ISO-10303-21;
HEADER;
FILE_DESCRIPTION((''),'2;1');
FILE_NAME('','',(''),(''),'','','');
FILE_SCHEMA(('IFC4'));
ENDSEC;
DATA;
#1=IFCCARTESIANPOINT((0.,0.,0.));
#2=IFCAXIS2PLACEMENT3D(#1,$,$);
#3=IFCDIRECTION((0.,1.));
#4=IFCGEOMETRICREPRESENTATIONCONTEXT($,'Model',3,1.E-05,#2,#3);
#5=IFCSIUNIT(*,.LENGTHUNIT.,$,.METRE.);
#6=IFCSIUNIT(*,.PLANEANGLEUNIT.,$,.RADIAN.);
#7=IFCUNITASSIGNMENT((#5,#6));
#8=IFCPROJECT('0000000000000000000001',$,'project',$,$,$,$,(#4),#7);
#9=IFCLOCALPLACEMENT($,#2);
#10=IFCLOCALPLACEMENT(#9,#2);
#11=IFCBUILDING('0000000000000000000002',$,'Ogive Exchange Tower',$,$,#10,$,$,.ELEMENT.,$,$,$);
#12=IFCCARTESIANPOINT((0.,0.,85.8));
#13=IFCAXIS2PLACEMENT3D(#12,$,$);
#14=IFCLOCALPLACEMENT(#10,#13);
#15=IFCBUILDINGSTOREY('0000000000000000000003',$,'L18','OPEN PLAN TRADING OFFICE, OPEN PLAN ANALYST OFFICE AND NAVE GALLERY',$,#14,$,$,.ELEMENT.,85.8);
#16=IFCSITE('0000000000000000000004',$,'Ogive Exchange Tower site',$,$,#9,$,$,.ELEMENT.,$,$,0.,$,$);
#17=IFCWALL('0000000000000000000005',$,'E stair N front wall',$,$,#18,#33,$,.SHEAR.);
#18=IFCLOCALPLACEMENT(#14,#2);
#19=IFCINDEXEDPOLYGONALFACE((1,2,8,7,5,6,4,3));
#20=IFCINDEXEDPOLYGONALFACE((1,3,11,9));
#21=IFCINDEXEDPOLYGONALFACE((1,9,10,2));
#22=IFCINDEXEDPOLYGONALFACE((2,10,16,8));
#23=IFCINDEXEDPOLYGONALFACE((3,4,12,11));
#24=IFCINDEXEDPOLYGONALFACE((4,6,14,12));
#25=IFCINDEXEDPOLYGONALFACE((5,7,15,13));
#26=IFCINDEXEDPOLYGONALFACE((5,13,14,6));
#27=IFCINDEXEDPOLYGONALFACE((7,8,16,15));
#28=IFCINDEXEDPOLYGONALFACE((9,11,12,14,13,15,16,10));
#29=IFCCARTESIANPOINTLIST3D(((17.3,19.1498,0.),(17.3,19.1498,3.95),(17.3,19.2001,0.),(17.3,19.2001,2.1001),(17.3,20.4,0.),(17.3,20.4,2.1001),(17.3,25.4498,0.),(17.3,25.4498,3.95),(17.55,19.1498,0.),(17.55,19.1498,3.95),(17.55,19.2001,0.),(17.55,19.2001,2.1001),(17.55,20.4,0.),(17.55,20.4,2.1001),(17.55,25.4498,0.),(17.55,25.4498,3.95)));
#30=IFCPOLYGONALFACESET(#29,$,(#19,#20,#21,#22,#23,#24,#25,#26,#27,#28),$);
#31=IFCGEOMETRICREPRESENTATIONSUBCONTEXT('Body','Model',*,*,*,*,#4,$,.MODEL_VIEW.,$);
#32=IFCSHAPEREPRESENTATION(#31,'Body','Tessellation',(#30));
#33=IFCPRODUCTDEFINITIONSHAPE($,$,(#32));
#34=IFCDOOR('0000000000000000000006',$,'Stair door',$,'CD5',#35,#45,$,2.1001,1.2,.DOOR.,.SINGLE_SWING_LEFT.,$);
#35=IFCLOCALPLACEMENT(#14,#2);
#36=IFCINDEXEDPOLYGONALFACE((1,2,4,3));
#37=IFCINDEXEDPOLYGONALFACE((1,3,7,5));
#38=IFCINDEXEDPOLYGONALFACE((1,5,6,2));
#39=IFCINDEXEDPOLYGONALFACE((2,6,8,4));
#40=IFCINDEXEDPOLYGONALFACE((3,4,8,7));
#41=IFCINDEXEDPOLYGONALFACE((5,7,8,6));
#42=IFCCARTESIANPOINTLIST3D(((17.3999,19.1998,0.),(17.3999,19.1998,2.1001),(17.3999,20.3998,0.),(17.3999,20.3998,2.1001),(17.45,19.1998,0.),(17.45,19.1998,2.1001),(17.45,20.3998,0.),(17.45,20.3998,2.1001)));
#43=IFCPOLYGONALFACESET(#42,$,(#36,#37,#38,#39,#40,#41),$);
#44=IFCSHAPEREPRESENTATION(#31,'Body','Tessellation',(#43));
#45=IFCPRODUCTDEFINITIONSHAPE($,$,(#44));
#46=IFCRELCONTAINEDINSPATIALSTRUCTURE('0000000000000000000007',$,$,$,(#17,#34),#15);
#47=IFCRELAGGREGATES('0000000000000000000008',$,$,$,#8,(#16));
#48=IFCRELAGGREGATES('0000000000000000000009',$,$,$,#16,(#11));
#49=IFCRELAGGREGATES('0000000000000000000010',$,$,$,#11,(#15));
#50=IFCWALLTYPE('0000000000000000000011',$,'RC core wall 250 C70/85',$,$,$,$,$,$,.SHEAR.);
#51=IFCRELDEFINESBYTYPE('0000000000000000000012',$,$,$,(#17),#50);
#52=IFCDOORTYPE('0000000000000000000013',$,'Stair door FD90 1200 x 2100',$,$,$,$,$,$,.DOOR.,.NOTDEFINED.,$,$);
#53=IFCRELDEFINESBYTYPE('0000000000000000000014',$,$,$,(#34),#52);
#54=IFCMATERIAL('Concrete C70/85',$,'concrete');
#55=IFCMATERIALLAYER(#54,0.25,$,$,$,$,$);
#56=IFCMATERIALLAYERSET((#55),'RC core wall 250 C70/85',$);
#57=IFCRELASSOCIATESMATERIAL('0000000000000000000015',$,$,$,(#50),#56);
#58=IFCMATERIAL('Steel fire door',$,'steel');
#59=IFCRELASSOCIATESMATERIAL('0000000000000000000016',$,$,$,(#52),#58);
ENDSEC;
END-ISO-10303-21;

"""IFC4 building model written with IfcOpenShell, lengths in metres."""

from ifc_helpers import new_model, si_unit, direction, frame, frame_2d, origin, place, context, subcontext, project, spatial, rectangle, extrude, material, layer, layer_set, type_object, element, fill, save


model = new_model("IFC4")

# Units and contexts
model_context = context("Model", 3, precision=1e-05, world=origin(), true_north=direction((0.0, 1.0)))
body_context = subcontext(model_context, "Body", "Model", "MODEL_VIEW")
ifc_project = project(units=[si_unit("LENGTHUNIT", "METRE"), si_unit("PLANEANGLEUNIT", "RADIAN")], contexts=[model_context])

# Site, building, storey
site_placement = place(None, origin())
site = spatial("IfcSite", under=ifc_project, at=site_placement, Name="Ogive Exchange Tower site", CompositionType="ELEMENT", RefElevation=0.0)
building_placement = place(site_placement, origin())
building = spatial("IfcBuilding", under=site, at=building_placement, Name="Ogive Exchange Tower", CompositionType="ELEMENT")
storey_placement = place(building_placement, frame((0.0, 0.0, 85.8)))
storey = spatial("IfcBuildingStorey", under=building, at=storey_placement, Name="L18", Description="OPEN PLAN TRADING OFFICE, OPEN PLAN ANALYST OFFICE AND NAVE GALLERY", CompositionType="ELEMENT", Elevation=85.8)

# Wall, opening, door
ifc_material_1 = material(Name="Concrete C70/85", Category="concrete")
ifc_layer_1 = layer(ifc_material_1, 0.25)
ifc_layer_set_1 = layer_set([ifc_layer_1], Name="RC core wall 250 C70/85")
wall_type_1 = type_object("IfcWallType", Name="RC core wall 250 C70/85", PredefinedType="SHEAR", material=ifc_layer_set_1)
wall_1_placement = place(storey_placement, frame((17.425, 19.1499, 0.0), z_axis=(0.0, 0.0, 1.0), x_axis=(0.0, 1.0, 0.0)))
wall_1 = element("IfcWall", 1, at=wall_1_placement, inside=storey, type_object=wall_type_1, Name="E stair N front wall", PredefinedType="SHEAR", context=body_context, shape_type="SweptSolid", body=[
    extrude(rectangle(XDim=6.3, YDim=0.25, at=frame_2d((3.1499, 0.0))), origin(), (0.0, 0.0, 1.0), 3.95),
])
opening_1_placement = place(wall_1_placement, frame((0.05, 0.0, 0.0)))
opening_1 = element("IfcOpeningElement", 2, at=opening_1_placement, cuts=wall_1, PredefinedType="OPENING", context=body_context, shape_type="SweptSolid", body=[
    extrude(rectangle(XDim=1.2, YDim=2.1001, at=frame_2d((0.6001, 1.05))), frame((0.0, 0.135, 0.0), z_axis=(0.0, -1.0, 0.0), x_axis=(1.0, 0.0, 0.0)), (0.0, 0.0, 1.0), 0.27),
])
ifc_material_2 = material(Name="Steel fire door", Category="steel")
door_type_1 = type_object("IfcDoorType", Name="Stair door FD90 1200 x 2100", OperationType="NOTDEFINED", PredefinedType="DOOR", material=ifc_material_2)
door_1_placement = place(opening_1_placement, frame((1.2, 0.0, 0.0), z_axis=(0.0, 0.0, 1.0), x_axis=(-1.0, 0.0, 0.0)))
door_1 = element("IfcDoor", 3, at=door_1_placement, inside=storey, type_object=door_type_1, Name="Stair door", ObjectType="CD5", OperationType="SINGLE_SWING_LEFT", OverallHeight=2.1001, OverallWidth=1.2, PredefinedType="DOOR", context=body_context, shape_type="SweptSolid", body=[
    extrude(rectangle(XDim=1.2, YDim=2.1001, at=frame_2d((0.6001, 1.05))), frame((0.0, 0.0249, 0.0), z_axis=(0.0, -1.0, 0.0), x_axis=(1.0, 0.0, 0.0)), (0.0, 0.0, 1.0), 0.05),
])
fill(opening_1, door_1)

save(model, "model.ifc")
